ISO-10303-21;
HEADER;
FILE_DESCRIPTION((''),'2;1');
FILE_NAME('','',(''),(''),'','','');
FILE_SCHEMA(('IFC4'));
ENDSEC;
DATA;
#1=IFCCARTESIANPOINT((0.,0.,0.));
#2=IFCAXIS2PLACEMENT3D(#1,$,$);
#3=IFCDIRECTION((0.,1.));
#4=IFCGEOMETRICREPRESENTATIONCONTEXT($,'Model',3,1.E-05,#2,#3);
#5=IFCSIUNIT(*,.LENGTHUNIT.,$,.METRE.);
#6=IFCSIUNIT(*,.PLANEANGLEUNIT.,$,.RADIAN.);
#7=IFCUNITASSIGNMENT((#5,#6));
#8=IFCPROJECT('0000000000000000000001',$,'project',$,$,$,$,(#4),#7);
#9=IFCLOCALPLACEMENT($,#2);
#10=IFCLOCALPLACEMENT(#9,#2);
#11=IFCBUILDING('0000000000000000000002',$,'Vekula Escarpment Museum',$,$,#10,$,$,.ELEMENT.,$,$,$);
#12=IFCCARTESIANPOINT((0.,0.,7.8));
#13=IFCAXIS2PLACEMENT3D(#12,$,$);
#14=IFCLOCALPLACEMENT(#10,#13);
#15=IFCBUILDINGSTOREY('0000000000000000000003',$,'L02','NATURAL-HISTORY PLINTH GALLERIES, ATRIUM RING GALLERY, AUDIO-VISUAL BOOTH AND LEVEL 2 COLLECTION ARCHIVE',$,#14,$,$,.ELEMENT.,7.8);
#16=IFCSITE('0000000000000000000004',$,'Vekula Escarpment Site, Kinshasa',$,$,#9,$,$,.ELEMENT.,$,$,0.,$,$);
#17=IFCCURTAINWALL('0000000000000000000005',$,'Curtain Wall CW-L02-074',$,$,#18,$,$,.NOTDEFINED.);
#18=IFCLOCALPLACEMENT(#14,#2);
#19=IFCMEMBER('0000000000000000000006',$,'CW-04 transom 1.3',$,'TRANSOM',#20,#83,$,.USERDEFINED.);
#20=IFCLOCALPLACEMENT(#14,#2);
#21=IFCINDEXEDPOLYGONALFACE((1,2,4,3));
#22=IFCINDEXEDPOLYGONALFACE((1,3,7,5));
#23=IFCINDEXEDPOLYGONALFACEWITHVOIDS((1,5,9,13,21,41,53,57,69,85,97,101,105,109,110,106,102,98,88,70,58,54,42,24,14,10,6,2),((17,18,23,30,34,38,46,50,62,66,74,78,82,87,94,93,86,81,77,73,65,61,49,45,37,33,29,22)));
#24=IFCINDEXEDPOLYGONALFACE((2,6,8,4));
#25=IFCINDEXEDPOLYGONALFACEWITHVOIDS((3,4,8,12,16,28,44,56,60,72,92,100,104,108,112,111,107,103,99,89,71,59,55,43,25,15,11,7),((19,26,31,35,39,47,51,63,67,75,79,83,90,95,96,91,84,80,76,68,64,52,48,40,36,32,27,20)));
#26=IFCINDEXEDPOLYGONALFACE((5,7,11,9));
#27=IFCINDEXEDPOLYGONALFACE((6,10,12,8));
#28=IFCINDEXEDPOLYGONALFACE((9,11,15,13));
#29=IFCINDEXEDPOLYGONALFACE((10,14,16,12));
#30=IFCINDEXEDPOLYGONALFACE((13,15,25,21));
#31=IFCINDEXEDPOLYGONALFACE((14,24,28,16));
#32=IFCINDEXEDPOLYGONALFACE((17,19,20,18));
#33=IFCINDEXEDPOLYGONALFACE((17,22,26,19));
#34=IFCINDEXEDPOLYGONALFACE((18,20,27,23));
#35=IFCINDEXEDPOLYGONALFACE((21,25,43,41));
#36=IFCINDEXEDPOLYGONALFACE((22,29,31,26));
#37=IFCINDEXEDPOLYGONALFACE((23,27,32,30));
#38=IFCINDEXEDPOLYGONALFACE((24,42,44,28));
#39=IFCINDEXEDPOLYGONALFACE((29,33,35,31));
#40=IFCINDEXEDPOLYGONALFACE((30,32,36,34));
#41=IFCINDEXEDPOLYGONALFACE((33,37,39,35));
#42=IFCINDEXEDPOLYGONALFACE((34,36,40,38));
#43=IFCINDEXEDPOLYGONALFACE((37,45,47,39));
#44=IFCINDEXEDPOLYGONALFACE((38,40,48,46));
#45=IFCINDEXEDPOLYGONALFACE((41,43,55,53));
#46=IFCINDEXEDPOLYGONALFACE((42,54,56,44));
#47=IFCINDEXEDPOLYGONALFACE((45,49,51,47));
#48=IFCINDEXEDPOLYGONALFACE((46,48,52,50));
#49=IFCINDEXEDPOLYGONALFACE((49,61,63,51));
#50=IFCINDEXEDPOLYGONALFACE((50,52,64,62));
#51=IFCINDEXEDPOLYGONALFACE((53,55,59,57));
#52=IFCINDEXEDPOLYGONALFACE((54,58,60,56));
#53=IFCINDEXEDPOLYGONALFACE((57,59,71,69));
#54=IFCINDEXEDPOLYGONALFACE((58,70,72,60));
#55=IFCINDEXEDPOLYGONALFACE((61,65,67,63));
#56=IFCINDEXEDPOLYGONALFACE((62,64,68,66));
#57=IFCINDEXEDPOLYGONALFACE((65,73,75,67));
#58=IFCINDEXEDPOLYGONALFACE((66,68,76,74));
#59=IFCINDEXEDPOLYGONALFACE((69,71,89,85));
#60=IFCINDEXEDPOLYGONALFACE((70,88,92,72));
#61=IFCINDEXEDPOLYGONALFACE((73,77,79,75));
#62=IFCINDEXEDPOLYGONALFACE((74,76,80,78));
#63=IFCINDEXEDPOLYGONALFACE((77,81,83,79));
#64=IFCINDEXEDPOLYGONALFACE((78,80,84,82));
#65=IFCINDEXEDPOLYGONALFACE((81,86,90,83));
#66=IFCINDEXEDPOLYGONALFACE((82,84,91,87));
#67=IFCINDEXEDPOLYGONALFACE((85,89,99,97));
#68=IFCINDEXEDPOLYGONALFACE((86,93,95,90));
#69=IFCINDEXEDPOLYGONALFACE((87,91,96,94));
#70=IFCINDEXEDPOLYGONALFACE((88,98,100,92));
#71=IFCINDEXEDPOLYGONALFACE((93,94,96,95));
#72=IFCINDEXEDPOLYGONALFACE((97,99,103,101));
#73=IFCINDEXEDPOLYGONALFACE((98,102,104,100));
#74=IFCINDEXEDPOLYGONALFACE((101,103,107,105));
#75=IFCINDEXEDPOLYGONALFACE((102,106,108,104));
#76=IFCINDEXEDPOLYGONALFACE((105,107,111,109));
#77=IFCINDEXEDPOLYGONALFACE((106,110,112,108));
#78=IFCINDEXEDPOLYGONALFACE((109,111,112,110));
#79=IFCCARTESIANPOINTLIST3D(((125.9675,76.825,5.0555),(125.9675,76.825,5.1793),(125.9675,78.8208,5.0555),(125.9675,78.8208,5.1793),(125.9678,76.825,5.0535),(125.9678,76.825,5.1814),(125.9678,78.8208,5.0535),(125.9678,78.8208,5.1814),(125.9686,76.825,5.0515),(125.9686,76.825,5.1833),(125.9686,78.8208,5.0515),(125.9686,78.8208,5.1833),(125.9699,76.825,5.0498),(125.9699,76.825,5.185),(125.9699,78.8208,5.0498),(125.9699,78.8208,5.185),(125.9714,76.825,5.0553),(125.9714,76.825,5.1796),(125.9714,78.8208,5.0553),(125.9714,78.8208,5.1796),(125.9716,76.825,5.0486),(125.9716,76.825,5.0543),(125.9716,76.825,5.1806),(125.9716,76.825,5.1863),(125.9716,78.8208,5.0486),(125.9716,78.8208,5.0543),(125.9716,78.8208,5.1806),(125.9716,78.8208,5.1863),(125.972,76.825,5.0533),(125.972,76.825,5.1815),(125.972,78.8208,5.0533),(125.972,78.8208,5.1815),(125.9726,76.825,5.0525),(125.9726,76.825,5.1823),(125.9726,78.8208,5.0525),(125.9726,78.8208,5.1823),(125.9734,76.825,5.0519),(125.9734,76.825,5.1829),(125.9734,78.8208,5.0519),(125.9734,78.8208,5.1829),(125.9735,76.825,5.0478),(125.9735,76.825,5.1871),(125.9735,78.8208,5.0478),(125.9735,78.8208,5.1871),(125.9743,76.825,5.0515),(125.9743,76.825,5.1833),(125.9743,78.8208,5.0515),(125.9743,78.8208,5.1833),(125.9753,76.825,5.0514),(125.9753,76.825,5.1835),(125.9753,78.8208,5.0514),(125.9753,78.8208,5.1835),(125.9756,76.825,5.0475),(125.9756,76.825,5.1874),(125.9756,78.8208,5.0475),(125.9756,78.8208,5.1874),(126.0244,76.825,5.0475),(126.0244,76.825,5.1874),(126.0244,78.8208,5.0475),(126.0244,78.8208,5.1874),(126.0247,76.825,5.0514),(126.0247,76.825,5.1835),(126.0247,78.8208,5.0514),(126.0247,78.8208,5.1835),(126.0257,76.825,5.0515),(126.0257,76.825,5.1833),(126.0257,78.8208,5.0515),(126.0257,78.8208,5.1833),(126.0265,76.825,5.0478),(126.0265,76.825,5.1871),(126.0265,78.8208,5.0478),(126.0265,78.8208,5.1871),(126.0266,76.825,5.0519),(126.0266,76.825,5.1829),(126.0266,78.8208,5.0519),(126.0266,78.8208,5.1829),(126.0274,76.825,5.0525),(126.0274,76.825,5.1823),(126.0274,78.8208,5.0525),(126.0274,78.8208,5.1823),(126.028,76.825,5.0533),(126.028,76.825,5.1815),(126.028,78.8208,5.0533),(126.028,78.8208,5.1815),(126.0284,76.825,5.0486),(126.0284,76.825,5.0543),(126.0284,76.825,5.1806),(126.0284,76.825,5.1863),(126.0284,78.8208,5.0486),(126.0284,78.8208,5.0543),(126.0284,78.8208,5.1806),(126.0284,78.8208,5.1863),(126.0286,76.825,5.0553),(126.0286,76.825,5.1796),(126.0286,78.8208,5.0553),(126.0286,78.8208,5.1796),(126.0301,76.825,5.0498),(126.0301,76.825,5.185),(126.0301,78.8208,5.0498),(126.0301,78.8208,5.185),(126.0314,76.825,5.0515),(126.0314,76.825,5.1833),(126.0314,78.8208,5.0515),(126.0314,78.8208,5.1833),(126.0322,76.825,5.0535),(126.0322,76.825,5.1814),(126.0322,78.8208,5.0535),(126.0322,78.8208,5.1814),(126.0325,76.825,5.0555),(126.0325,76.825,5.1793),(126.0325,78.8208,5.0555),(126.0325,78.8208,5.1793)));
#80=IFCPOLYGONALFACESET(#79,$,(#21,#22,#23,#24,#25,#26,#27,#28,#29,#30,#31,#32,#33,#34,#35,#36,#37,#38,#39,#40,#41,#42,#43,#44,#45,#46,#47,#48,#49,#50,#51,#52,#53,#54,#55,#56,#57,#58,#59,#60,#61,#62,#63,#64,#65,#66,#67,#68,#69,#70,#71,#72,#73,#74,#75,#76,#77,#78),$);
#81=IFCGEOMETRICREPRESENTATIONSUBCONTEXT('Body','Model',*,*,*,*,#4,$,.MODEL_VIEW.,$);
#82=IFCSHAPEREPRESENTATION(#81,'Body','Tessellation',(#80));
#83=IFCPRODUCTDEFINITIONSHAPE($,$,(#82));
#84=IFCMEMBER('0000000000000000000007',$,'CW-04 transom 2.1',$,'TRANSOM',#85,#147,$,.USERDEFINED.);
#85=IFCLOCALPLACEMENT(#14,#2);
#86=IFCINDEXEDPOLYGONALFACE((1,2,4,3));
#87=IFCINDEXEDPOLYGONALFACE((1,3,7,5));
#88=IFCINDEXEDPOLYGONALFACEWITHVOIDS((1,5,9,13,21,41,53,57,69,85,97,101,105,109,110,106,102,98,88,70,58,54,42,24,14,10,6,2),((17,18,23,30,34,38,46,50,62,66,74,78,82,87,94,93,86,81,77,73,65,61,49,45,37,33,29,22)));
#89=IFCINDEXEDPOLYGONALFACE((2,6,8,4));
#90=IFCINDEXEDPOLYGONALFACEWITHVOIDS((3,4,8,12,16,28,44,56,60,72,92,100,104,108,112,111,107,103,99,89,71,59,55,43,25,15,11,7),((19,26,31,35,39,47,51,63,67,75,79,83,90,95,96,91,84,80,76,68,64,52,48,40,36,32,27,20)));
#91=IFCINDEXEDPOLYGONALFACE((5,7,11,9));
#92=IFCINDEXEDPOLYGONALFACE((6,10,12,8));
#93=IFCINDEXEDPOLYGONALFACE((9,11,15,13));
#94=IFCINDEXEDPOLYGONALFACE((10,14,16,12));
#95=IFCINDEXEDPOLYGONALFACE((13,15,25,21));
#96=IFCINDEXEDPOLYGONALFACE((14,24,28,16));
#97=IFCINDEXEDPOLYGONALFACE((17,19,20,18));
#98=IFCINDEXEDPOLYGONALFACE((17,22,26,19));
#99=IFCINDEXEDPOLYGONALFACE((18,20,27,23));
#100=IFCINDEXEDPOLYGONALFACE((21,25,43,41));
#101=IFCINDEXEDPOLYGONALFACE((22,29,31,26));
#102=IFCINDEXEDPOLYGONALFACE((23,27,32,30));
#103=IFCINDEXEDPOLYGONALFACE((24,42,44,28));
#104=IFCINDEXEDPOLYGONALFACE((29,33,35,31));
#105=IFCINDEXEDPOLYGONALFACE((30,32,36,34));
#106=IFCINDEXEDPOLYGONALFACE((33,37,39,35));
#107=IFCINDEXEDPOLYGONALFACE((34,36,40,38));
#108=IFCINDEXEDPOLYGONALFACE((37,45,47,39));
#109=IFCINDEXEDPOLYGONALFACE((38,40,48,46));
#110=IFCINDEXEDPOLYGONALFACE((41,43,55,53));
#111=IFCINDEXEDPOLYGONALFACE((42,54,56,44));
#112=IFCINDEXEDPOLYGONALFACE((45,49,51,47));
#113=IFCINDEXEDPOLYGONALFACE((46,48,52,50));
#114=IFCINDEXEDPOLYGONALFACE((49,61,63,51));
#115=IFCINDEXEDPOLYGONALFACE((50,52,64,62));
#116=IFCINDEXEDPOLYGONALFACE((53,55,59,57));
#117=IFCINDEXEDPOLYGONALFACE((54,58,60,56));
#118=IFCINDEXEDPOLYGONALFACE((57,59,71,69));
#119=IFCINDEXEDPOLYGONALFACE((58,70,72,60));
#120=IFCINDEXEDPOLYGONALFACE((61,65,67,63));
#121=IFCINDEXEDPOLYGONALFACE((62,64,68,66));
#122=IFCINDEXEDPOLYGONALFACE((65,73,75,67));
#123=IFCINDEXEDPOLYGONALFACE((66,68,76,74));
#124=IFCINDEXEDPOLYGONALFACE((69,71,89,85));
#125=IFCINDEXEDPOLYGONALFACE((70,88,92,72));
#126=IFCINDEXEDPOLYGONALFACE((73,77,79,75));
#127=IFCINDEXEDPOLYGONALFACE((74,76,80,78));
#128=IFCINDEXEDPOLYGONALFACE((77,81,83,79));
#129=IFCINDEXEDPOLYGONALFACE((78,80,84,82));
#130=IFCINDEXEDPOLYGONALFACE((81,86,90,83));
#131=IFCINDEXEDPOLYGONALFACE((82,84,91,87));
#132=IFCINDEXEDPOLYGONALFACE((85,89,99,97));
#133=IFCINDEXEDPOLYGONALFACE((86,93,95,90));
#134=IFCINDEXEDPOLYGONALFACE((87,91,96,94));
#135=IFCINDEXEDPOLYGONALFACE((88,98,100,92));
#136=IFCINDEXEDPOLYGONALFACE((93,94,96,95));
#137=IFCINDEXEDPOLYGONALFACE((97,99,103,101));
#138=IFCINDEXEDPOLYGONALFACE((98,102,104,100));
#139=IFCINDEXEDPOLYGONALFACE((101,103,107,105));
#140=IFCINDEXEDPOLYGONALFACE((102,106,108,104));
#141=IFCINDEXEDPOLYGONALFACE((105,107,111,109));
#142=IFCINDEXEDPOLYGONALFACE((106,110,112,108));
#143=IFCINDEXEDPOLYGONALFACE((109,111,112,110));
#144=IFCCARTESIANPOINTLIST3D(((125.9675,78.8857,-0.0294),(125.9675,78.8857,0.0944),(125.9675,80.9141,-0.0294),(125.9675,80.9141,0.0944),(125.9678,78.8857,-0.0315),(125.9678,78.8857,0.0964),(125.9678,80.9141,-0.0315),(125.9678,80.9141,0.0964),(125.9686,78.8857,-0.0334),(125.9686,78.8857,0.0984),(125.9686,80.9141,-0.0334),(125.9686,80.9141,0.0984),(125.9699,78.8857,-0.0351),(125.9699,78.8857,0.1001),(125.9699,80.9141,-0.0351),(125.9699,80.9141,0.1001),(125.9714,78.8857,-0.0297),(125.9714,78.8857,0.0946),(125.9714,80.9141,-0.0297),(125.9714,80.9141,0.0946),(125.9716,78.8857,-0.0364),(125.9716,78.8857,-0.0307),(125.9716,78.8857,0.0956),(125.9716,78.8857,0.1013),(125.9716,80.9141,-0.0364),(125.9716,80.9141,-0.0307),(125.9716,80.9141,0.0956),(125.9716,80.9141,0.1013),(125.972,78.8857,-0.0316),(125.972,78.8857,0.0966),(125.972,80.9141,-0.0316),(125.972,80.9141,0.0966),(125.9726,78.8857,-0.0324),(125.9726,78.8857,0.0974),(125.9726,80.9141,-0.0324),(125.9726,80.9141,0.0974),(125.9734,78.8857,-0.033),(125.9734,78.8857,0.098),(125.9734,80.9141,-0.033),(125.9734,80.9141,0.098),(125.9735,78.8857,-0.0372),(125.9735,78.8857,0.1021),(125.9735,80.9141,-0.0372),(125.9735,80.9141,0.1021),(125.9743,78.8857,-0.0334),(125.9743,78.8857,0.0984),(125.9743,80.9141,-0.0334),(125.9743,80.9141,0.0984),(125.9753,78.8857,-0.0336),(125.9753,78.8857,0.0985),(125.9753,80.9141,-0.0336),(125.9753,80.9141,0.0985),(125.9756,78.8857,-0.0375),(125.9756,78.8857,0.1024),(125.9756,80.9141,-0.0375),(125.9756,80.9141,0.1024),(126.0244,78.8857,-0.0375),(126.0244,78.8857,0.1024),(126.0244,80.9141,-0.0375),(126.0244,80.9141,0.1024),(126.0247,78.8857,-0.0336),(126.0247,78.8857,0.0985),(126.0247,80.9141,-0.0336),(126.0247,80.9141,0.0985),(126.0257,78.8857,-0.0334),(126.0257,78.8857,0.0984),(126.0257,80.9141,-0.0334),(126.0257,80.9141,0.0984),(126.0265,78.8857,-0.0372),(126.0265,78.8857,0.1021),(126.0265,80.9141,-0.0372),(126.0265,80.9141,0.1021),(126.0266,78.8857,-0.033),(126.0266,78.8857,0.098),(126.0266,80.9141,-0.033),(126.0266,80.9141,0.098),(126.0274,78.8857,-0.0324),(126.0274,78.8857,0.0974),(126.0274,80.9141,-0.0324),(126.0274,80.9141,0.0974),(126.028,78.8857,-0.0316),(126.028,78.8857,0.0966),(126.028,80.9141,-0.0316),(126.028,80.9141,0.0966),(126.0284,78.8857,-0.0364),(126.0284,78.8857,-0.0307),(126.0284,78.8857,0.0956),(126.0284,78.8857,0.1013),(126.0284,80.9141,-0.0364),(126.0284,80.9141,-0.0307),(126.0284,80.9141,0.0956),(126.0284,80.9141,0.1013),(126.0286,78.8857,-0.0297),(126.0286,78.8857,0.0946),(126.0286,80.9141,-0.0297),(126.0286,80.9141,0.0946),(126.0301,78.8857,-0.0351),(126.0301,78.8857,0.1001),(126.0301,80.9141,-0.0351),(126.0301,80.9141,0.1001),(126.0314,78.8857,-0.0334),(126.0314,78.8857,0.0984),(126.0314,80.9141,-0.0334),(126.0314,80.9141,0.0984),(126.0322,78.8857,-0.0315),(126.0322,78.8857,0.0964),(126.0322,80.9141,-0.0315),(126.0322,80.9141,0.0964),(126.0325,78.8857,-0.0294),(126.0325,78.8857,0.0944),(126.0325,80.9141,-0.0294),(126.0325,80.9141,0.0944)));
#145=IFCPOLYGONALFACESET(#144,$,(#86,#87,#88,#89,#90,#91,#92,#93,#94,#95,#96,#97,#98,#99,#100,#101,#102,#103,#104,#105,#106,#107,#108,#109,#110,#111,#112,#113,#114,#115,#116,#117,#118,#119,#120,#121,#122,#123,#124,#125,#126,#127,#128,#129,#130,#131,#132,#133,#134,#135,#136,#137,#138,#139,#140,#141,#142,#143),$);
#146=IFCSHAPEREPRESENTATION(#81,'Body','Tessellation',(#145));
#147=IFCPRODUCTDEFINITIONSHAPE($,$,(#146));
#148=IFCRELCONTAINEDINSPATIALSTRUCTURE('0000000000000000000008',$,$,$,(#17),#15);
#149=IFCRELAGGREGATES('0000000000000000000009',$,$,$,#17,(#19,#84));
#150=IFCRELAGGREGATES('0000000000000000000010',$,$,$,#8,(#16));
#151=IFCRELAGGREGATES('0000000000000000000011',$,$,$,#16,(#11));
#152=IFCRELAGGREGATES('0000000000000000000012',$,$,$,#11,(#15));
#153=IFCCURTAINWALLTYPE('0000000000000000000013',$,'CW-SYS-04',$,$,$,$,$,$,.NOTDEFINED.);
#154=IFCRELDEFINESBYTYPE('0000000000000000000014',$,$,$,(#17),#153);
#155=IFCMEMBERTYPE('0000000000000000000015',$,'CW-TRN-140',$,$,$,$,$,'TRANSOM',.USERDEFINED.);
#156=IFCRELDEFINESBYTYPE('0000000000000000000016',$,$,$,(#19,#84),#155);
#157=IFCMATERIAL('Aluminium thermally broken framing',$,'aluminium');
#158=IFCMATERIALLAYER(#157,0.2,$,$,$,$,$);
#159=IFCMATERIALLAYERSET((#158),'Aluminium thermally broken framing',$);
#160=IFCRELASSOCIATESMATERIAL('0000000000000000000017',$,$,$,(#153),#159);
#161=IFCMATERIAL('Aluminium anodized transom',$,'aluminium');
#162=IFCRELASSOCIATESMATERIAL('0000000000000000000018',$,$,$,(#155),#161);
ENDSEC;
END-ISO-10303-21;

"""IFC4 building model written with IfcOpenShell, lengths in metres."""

from ifc_helpers import new_model, si_unit, direction, frame, origin, origin_2d, place, context, subcontext, project, spatial, hollow_rectangle, extrude, material, layer, layer_set, material_profile, profile_set, type_object, element, aggregate, save


model = new_model("IFC4")

# Units and contexts
model_context = context("Model", 3, precision=1e-05, world=origin(), true_north=direction((0.0, 1.0)))
body_context = subcontext(model_context, "Body", "Model", "MODEL_VIEW")
ifc_project = project(units=[si_unit("LENGTHUNIT", "METRE"), si_unit("PLANEANGLEUNIT", "RADIAN")], contexts=[model_context])

# Site, building, storey
site_placement = place(None, origin())
site = spatial("IfcSite", under=ifc_project, at=site_placement, Name="Vekula Escarpment Site, Kinshasa", CompositionType="ELEMENT", RefElevation=0.0)
building_placement = place(site_placement, origin())
building = spatial("IfcBuilding", under=site, at=building_placement, Name="Vekula Escarpment Museum", CompositionType="ELEMENT")
storey_placement = place(building_placement, frame((0.0, 0.0, 7.8)))
storey = spatial("IfcBuildingStorey", under=building, at=storey_placement, Name="L02", Description="NATURAL-HISTORY PLINTH GALLERIES, ATRIUM RING GALLERY, AUDIO-VISUAL BOOTH AND LEVEL 2 COLLECTION ARCHIVE", CompositionType="ELEMENT", Elevation=7.8)

# Curtain wall
ifc_material_1 = material(Name="Aluminium thermally broken framing", Category="aluminium")
ifc_layer_1 = layer(ifc_material_1, 0.2)
ifc_layer_set_1 = layer_set([ifc_layer_1], Name="Aluminium thermally broken framing")
curtain_wall_type_1 = type_object("IfcCurtainWallType", Name="CW-SYS-04", PredefinedType="NOTDEFINED", material=ifc_layer_set_1)
curtain_wall_1_placement = place(storey_placement, origin())
curtain_wall_1 = element("IfcCurtainWall", 1, at=curtain_wall_1_placement, inside=storey, type_object=curtain_wall_type_1, Name="Curtain Wall CW-L02-074", PredefinedType="NOTDEFINED")

# Members
ifc_material_2 = material(Name="Aluminium anodized transom", Category="aluminium")
ifc_material_profile_1 = material_profile(ifc_material_2, hollow_rectangle(XDim=0.0649, YDim=0.1399, WallThickness=0.0039, InnerFilletRadius=0.0039, OuterFilletRadius=0.0081, at=origin_2d()), Name="ALU 140x65x4")
ifc_profile_set_1 = profile_set([ifc_material_profile_1], Name="Aluminium anodized transom")
member_type_1 = type_object("IfcMemberType", Name="CW-TRN-140", ElementType="TRANSOM", PredefinedType="USERDEFINED", material=ifc_profile_set_1)
member_1_placement = place(storey_placement, frame((126.0, 76.825, 5.1174), z_axis=(0.0, 1.0, 0.0), x_axis=(-1.0, 0.0, 0.0)))
member_1 = element("IfcMember", 2, at=member_1_placement, type_object=member_type_1, Name="CW-04 transom 1.3", ObjectType="TRANSOM", PredefinedType="USERDEFINED", context=body_context, shape_type="SweptSolid", body=[
    extrude(hollow_rectangle(XDim=0.0649, YDim=0.1399, WallThickness=0.0039, InnerFilletRadius=0.0039, OuterFilletRadius=0.0081, at=origin_2d()), origin(), (0.0, 0.0, 1.0), 1.9958),
])
member_2_placement = place(storey_placement, frame((126.0, 78.8857, 0.0325), z_axis=(0.0, 1.0, 0.0), x_axis=(-1.0, 0.0, 0.0)))
member_2 = element("IfcMember", 3, at=member_2_placement, type_object=member_type_1, Name="CW-04 transom 2.1", ObjectType="TRANSOM", PredefinedType="USERDEFINED", context=body_context, shape_type="SweptSolid", body=[
    extrude(hollow_rectangle(XDim=0.0649, YDim=0.1399, WallThickness=0.0039, InnerFilletRadius=0.0039, OuterFilletRadius=0.0081, at=origin_2d()), origin(), (0.0, 0.0, 1.0), 2.0283),
])

aggregate(curtain_wall_1, [member_1, member_2])

save(model, "model.ifc")
